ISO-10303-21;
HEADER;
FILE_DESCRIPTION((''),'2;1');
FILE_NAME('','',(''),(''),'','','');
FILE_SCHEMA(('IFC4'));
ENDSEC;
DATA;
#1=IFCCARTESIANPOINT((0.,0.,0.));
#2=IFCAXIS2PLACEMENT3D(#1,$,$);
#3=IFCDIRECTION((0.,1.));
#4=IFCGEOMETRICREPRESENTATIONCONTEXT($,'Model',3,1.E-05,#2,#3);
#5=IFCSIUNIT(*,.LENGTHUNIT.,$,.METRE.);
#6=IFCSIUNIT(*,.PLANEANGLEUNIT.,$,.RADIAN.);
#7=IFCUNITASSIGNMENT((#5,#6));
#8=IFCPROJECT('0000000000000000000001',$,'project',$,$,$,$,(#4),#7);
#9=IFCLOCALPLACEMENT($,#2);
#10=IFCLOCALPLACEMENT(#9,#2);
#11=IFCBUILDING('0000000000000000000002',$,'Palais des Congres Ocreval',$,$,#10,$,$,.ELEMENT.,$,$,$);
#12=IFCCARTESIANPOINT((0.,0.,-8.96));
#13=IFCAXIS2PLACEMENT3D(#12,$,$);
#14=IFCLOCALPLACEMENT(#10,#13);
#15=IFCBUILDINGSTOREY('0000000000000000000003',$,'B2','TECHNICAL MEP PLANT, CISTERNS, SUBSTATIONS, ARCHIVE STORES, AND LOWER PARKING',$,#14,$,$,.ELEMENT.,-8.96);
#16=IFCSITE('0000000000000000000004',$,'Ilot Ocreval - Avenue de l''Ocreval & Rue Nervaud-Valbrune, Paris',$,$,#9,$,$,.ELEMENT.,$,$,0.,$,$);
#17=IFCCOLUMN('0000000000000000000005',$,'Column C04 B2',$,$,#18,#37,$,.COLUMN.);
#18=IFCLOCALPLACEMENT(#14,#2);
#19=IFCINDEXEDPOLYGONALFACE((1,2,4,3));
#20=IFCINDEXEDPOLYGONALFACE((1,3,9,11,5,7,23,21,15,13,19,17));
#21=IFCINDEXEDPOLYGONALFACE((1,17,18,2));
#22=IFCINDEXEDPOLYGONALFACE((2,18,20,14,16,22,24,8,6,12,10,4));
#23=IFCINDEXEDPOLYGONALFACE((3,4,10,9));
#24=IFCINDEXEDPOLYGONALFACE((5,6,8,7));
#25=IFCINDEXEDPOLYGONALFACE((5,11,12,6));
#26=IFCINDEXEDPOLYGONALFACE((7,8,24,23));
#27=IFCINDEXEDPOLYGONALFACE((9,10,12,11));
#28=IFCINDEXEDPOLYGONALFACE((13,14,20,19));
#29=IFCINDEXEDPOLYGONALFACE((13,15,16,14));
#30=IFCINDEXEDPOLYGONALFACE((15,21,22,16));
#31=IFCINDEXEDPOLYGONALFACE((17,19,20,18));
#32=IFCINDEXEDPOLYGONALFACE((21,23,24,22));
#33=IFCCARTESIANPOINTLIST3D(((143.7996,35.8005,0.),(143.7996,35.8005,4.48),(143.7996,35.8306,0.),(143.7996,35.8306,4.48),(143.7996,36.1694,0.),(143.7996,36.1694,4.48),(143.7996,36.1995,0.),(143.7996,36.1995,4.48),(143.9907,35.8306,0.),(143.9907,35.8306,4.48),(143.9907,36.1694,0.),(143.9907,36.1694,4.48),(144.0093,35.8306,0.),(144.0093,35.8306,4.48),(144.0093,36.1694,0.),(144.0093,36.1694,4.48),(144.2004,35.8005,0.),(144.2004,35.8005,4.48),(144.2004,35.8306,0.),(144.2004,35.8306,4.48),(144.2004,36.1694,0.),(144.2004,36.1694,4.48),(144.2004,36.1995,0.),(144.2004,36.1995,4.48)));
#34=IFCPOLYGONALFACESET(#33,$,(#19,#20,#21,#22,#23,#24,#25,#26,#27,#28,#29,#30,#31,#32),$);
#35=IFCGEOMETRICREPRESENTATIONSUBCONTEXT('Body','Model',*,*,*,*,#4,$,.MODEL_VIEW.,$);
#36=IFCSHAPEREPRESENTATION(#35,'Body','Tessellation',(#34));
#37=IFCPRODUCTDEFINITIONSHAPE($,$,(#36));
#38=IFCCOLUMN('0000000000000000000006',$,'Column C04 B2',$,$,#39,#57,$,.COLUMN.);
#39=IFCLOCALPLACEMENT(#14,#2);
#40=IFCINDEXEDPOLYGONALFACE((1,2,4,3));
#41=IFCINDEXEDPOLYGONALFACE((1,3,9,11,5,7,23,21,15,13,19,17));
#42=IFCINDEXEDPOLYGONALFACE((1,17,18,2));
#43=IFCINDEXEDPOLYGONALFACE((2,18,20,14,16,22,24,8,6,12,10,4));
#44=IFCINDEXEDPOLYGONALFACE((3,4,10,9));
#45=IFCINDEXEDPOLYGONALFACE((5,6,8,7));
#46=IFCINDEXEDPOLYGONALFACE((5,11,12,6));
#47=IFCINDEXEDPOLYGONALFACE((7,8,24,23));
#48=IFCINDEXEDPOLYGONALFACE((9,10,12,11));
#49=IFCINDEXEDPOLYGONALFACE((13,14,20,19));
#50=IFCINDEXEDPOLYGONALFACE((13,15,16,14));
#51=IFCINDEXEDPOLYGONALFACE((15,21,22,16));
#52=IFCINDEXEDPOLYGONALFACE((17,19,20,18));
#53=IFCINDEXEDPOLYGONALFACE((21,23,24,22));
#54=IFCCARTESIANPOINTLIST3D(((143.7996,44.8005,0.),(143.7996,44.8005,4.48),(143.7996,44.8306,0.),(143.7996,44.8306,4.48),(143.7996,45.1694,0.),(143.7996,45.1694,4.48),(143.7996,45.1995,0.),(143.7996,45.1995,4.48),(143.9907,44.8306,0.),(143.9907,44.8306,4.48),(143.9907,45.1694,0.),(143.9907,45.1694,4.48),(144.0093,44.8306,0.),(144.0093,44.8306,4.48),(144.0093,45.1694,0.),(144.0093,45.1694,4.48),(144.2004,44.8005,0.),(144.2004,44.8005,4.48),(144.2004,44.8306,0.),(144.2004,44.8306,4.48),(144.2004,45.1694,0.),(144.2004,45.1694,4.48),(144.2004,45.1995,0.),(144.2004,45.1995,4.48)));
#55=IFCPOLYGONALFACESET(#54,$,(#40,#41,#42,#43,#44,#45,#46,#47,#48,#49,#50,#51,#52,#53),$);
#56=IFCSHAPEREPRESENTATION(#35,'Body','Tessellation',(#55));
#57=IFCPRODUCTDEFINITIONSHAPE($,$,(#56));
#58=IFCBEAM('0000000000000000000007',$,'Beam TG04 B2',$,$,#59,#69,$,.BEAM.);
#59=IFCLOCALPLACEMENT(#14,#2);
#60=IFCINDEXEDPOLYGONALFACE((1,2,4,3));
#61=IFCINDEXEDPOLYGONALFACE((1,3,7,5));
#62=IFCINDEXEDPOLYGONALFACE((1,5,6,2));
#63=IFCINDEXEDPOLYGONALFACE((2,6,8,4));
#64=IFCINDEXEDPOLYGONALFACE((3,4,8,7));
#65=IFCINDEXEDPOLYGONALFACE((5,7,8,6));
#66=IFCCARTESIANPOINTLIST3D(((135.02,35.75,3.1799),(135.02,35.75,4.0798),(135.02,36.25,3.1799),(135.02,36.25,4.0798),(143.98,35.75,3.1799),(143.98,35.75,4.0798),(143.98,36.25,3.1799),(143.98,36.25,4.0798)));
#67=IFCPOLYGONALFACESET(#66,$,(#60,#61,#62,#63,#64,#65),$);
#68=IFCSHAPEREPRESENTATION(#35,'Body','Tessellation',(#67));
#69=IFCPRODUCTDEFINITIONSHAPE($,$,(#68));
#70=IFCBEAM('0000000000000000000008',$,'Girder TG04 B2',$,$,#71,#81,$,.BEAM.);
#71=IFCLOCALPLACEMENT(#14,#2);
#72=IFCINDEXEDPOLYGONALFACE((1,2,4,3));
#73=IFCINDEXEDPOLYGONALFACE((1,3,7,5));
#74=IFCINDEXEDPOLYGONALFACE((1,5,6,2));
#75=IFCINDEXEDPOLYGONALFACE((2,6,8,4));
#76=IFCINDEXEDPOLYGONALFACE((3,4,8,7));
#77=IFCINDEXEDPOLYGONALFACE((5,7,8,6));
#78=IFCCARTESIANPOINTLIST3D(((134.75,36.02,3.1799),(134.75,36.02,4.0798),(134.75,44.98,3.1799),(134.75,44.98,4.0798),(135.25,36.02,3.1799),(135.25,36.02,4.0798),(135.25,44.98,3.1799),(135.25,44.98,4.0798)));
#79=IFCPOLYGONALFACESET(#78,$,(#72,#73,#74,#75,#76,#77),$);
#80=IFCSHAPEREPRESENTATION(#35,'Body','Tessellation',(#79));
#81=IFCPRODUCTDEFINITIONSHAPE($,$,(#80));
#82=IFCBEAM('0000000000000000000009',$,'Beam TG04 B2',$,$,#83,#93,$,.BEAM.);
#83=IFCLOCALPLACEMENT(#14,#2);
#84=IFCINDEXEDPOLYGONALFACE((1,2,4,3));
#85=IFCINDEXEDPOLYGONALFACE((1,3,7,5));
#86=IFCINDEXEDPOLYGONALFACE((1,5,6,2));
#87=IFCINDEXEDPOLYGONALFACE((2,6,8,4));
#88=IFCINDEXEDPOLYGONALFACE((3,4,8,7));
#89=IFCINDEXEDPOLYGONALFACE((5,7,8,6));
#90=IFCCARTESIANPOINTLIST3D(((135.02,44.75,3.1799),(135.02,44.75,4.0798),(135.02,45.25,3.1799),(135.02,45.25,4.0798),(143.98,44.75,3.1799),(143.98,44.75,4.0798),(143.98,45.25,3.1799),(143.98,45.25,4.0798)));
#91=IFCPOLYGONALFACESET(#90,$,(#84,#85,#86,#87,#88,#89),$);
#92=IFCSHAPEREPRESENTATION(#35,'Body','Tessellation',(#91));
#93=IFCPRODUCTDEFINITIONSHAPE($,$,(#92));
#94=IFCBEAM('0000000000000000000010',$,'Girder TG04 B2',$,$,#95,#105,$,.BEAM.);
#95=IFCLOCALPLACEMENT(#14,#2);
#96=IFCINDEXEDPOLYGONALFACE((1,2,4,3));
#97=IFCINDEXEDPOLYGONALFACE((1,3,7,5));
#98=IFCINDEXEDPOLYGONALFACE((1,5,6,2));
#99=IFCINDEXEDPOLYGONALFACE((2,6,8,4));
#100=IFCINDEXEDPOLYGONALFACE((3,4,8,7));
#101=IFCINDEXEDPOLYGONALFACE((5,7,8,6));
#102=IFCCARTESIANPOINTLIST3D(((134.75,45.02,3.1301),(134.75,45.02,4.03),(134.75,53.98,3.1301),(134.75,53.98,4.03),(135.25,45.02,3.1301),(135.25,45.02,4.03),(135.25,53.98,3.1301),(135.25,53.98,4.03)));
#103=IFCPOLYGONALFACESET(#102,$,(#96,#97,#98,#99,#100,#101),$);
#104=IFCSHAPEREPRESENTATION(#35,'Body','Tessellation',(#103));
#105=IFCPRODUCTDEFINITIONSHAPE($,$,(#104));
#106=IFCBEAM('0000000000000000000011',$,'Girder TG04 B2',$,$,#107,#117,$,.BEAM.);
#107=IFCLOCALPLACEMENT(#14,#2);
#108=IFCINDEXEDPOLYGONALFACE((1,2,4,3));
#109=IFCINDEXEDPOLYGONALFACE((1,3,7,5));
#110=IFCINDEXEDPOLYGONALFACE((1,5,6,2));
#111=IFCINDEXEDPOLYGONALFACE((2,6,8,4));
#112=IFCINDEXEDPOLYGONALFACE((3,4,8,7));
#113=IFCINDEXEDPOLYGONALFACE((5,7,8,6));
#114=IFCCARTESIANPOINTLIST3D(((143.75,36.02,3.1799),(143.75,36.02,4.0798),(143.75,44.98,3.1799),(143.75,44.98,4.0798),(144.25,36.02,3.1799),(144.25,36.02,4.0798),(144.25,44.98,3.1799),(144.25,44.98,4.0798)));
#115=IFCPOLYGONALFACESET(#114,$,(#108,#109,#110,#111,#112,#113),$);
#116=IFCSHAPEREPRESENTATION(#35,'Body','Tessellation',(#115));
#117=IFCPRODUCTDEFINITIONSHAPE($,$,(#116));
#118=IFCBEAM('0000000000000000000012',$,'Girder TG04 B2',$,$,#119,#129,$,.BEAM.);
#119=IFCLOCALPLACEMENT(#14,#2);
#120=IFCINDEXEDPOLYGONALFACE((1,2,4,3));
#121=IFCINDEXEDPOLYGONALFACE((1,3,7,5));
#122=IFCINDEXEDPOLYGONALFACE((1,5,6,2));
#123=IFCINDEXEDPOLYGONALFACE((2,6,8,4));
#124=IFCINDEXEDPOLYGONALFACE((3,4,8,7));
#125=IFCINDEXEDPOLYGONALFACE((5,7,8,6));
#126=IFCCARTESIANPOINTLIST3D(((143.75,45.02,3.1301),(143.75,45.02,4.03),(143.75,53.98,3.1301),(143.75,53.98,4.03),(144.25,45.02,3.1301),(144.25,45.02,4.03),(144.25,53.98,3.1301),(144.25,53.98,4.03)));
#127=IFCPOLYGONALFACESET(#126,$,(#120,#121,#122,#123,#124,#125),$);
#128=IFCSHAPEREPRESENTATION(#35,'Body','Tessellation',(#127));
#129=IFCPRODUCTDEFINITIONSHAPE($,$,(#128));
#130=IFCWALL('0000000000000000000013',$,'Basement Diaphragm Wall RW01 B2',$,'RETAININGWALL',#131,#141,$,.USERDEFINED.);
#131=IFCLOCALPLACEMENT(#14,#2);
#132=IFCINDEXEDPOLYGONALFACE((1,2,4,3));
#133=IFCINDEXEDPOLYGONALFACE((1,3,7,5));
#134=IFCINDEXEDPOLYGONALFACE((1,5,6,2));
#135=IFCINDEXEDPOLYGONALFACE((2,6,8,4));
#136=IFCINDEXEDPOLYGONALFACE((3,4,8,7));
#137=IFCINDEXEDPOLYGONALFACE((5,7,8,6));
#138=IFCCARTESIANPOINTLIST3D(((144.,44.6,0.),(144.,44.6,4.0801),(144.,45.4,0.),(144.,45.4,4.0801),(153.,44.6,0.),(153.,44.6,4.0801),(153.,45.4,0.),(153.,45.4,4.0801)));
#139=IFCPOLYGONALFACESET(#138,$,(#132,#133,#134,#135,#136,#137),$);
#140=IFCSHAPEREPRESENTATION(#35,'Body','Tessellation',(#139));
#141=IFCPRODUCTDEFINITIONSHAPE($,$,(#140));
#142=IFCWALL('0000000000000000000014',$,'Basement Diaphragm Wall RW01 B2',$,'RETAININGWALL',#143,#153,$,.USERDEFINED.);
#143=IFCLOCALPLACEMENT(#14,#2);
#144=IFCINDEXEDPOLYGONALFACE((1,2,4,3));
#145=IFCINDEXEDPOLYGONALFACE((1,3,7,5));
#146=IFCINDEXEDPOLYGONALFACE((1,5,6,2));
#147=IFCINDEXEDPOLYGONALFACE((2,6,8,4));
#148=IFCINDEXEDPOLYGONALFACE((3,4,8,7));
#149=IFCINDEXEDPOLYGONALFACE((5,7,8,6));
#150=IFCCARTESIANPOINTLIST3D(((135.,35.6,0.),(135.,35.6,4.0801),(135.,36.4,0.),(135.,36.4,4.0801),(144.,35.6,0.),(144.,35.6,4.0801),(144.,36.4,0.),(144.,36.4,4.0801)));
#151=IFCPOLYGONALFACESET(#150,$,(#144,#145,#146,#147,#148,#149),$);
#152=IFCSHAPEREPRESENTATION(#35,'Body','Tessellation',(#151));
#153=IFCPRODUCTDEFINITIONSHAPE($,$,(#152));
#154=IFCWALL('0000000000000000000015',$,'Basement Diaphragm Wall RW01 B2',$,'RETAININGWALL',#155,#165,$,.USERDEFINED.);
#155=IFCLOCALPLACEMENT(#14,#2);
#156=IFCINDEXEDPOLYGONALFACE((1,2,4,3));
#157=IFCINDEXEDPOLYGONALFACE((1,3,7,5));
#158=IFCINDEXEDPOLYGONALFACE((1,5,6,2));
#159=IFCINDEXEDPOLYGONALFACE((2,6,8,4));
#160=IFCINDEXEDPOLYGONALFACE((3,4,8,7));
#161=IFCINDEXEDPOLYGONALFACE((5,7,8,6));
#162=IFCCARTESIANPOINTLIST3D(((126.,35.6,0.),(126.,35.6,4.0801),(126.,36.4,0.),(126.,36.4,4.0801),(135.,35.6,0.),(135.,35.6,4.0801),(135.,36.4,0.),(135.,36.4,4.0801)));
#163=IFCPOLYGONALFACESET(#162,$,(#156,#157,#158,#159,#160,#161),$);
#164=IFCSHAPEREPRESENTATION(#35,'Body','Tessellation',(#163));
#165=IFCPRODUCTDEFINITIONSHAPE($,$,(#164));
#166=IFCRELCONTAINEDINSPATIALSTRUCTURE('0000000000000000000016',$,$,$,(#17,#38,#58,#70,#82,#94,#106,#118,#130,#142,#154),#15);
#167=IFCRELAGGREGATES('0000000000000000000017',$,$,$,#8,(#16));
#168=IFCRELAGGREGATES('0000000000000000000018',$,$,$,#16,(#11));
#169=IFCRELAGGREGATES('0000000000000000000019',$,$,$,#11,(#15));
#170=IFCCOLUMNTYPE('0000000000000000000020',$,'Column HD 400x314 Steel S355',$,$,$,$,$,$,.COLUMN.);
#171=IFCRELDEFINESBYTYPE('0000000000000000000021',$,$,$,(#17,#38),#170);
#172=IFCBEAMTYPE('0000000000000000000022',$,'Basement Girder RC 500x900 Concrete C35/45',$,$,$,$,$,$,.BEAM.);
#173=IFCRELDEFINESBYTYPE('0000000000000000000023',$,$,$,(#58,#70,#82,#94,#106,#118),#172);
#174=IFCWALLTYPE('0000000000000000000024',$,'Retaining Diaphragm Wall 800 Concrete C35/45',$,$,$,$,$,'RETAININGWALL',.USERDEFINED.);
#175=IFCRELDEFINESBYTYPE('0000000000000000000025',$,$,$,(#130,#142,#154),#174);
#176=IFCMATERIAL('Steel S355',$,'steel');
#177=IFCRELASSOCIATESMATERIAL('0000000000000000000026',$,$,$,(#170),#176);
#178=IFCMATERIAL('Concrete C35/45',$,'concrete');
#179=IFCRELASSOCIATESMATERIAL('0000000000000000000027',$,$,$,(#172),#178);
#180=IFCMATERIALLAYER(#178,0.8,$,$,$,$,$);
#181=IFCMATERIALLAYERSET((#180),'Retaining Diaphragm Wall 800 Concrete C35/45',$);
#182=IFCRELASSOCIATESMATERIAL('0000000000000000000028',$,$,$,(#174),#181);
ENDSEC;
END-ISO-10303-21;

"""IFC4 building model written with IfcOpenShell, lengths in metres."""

from ifc_helpers import new_model, si_unit, direction, frame, frame_2d, origin, origin_2d, place, context, subcontext, project, spatial, rectangle, i_section, extrude, material, layer, layer_set, material_profile, profile_set, type_object, element, save


model = new_model("IFC4")

# Units and contexts
model_context = context("Model", 3, precision=1e-05, world=origin(), true_north=direction((0.0, 1.0)))
body_context = subcontext(model_context, "Body", "Model", "MODEL_VIEW")
ifc_project = project(units=[si_unit("LENGTHUNIT", "METRE"), si_unit("PLANEANGLEUNIT", "RADIAN")], contexts=[model_context])

# Site, building, storey
site_placement = place(None, origin())
site = spatial("IfcSite", under=ifc_project, at=site_placement, Name="Ilot Ocreval - Avenue de l'Ocreval & Rue Nervaud-Valbrune, Paris", CompositionType="ELEMENT", RefElevation=0.0)
building_placement = place(site_placement, origin())
building = spatial("IfcBuilding", under=site, at=building_placement, Name="Palais des Congres Ocreval", CompositionType="ELEMENT")
storey_placement = place(building_placement, frame((0.0, 0.0, -8.96)))
storey = spatial("IfcBuildingStorey", under=building, at=storey_placement, Name="B2", Description="TECHNICAL MEP PLANT, CISTERNS, SUBSTATIONS, ARCHIVE STORES, AND LOWER PARKING", CompositionType="ELEMENT", Elevation=-8.96)

# Shared definitions
ifc_material_1 = material(Name="Concrete C35/45", Category="concrete")

# Columns
ifc_material_2 = material(Name="Steel S355", Category="steel")
ifc_material_profile_1 = material_profile(ifc_material_2, i_section(OverallWidth=0.4009, OverallDepth=0.3989, WebThickness=0.0186, FlangeThickness=0.03, at=origin_2d()), Name="HD 400x314")
ifc_profile_set_1 = profile_set([ifc_material_profile_1], Name="Steel S355")
column_type = type_object("IfcColumnType", Name="Column HD 400x314 Steel S355", PredefinedType="COLUMN", material=ifc_profile_set_1)
for number, where, z_axis, x_axis, name in (
    (1, (144.0, 36.0, 0.0), (0.0, 0.0, 1.0), (1.0, 0.0, 0.0), "Column C04 B2"),
    (2, (144.0, 45.0, 0.0), (0.0, 0.0, 1.0), (1.0, 0.0, 0.0), "Column C04 B2"),
):
    element("IfcColumn", number, at=place(storey_placement, frame(where, z_axis=z_axis, x_axis=x_axis)), inside=storey, type_object=column_type, Name=name, PredefinedType="COLUMN", context=body_context, shape_type="SweptSolid", body=[
        extrude(i_section(OverallWidth=0.4009, OverallDepth=0.3989, WebThickness=0.0186, FlangeThickness=0.03, at=origin_2d()), origin(), (0.0, 0.0, 1.0), 4.48),
    ])

# Beams
ifc_material_profile_2 = material_profile(ifc_material_1, rectangle(XDim=0.5, YDim=0.8999, at=origin_2d()), Name="RC 500x900")
ifc_profile_set_2 = profile_set([ifc_material_profile_2], Name="Concrete C35/45")
beam_type = type_object("IfcBeamType", Name="Basement Girder RC 500x900 Concrete C35/45", PredefinedType="BEAM", material=ifc_profile_set_2)
for number, where, z_axis, x_axis, name in (
    (3, (135.02, 36.0, 3.6299), (1.0, 0.0, 0.0), (0.0, 1.0, 0.0), "Beam TG04 B2"),
    (4, (135.0, 36.02, 3.6299), (0.0, 1.0, 0.0), (-1.0, 0.0, 0.0), "Girder TG04 B2"),
    (5, (135.02, 45.0, 3.6299), (1.0, 0.0, 0.0), (0.0, 1.0, 0.0), "Beam TG04 B2"),
    (6, (135.0, 45.02, 3.5801), (0.0, 1.0, 0.0), (-1.0, 0.0, 0.0), "Girder TG04 B2"),
    (7, (144.0, 36.02, 3.6299), (0.0, 1.0, 0.0), (-1.0, 0.0, 0.0), "Girder TG04 B2"),
    (8, (144.0, 45.02, 3.5801), (0.0, 1.0, 0.0), (-1.0, 0.0, 0.0), "Girder TG04 B2"),
):
    element("IfcBeam", number, at=place(storey_placement, frame(where, z_axis=z_axis, x_axis=x_axis)), inside=storey, type_object=beam_type, Name=name, PredefinedType="BEAM", context=body_context, shape_type="SweptSolid", body=[
        extrude(rectangle(XDim=0.5, YDim=0.8999, at=origin_2d()), origin(), (0.0, 0.0, 1.0), 8.96),
    ])

# Walls
ifc_layer = layer(ifc_material_1, 0.8)
ifc_layer_set = layer_set([ifc_layer], Name="Retaining Diaphragm Wall 800 Concrete C35/45")
wall_type = type_object("IfcWallType", Name="Retaining Diaphragm Wall 800 Concrete C35/45", ElementType="RETAININGWALL", PredefinedType="USERDEFINED", material=ifc_layer_set)
for number, where, z_axis, x_axis, name in (
    (9, (144.0, 45.0, 0.0), (0.0, 0.0, 1.0), (1.0, 0.0, 0.0), "Basement Diaphragm Wall RW01 B2"),
    (10, (144.0, 36.0, 0.0), (0.0, 0.0, 1.0), (-1.0, 0.0, 0.0), "Basement Diaphragm Wall RW01 B2"),
    (11, (135.0, 36.0, 0.0), (0.0, 0.0, 1.0), (-1.0, 0.0, 0.0), "Basement Diaphragm Wall RW01 B2"),
):
    element("IfcWall", number, at=place(storey_placement, frame(where, z_axis=z_axis, x_axis=x_axis)), inside=storey, type_object=wall_type, Name=name, ObjectType="RETAININGWALL", PredefinedType="USERDEFINED", context=body_context, shape_type="SweptSolid", body=[
        extrude(rectangle(XDim=9.0, YDim=0.8, at=frame_2d((4.5, 0.0))), origin(), (0.0, 0.0, 1.0), 4.0801),
    ])

save(model, "model.ifc")
